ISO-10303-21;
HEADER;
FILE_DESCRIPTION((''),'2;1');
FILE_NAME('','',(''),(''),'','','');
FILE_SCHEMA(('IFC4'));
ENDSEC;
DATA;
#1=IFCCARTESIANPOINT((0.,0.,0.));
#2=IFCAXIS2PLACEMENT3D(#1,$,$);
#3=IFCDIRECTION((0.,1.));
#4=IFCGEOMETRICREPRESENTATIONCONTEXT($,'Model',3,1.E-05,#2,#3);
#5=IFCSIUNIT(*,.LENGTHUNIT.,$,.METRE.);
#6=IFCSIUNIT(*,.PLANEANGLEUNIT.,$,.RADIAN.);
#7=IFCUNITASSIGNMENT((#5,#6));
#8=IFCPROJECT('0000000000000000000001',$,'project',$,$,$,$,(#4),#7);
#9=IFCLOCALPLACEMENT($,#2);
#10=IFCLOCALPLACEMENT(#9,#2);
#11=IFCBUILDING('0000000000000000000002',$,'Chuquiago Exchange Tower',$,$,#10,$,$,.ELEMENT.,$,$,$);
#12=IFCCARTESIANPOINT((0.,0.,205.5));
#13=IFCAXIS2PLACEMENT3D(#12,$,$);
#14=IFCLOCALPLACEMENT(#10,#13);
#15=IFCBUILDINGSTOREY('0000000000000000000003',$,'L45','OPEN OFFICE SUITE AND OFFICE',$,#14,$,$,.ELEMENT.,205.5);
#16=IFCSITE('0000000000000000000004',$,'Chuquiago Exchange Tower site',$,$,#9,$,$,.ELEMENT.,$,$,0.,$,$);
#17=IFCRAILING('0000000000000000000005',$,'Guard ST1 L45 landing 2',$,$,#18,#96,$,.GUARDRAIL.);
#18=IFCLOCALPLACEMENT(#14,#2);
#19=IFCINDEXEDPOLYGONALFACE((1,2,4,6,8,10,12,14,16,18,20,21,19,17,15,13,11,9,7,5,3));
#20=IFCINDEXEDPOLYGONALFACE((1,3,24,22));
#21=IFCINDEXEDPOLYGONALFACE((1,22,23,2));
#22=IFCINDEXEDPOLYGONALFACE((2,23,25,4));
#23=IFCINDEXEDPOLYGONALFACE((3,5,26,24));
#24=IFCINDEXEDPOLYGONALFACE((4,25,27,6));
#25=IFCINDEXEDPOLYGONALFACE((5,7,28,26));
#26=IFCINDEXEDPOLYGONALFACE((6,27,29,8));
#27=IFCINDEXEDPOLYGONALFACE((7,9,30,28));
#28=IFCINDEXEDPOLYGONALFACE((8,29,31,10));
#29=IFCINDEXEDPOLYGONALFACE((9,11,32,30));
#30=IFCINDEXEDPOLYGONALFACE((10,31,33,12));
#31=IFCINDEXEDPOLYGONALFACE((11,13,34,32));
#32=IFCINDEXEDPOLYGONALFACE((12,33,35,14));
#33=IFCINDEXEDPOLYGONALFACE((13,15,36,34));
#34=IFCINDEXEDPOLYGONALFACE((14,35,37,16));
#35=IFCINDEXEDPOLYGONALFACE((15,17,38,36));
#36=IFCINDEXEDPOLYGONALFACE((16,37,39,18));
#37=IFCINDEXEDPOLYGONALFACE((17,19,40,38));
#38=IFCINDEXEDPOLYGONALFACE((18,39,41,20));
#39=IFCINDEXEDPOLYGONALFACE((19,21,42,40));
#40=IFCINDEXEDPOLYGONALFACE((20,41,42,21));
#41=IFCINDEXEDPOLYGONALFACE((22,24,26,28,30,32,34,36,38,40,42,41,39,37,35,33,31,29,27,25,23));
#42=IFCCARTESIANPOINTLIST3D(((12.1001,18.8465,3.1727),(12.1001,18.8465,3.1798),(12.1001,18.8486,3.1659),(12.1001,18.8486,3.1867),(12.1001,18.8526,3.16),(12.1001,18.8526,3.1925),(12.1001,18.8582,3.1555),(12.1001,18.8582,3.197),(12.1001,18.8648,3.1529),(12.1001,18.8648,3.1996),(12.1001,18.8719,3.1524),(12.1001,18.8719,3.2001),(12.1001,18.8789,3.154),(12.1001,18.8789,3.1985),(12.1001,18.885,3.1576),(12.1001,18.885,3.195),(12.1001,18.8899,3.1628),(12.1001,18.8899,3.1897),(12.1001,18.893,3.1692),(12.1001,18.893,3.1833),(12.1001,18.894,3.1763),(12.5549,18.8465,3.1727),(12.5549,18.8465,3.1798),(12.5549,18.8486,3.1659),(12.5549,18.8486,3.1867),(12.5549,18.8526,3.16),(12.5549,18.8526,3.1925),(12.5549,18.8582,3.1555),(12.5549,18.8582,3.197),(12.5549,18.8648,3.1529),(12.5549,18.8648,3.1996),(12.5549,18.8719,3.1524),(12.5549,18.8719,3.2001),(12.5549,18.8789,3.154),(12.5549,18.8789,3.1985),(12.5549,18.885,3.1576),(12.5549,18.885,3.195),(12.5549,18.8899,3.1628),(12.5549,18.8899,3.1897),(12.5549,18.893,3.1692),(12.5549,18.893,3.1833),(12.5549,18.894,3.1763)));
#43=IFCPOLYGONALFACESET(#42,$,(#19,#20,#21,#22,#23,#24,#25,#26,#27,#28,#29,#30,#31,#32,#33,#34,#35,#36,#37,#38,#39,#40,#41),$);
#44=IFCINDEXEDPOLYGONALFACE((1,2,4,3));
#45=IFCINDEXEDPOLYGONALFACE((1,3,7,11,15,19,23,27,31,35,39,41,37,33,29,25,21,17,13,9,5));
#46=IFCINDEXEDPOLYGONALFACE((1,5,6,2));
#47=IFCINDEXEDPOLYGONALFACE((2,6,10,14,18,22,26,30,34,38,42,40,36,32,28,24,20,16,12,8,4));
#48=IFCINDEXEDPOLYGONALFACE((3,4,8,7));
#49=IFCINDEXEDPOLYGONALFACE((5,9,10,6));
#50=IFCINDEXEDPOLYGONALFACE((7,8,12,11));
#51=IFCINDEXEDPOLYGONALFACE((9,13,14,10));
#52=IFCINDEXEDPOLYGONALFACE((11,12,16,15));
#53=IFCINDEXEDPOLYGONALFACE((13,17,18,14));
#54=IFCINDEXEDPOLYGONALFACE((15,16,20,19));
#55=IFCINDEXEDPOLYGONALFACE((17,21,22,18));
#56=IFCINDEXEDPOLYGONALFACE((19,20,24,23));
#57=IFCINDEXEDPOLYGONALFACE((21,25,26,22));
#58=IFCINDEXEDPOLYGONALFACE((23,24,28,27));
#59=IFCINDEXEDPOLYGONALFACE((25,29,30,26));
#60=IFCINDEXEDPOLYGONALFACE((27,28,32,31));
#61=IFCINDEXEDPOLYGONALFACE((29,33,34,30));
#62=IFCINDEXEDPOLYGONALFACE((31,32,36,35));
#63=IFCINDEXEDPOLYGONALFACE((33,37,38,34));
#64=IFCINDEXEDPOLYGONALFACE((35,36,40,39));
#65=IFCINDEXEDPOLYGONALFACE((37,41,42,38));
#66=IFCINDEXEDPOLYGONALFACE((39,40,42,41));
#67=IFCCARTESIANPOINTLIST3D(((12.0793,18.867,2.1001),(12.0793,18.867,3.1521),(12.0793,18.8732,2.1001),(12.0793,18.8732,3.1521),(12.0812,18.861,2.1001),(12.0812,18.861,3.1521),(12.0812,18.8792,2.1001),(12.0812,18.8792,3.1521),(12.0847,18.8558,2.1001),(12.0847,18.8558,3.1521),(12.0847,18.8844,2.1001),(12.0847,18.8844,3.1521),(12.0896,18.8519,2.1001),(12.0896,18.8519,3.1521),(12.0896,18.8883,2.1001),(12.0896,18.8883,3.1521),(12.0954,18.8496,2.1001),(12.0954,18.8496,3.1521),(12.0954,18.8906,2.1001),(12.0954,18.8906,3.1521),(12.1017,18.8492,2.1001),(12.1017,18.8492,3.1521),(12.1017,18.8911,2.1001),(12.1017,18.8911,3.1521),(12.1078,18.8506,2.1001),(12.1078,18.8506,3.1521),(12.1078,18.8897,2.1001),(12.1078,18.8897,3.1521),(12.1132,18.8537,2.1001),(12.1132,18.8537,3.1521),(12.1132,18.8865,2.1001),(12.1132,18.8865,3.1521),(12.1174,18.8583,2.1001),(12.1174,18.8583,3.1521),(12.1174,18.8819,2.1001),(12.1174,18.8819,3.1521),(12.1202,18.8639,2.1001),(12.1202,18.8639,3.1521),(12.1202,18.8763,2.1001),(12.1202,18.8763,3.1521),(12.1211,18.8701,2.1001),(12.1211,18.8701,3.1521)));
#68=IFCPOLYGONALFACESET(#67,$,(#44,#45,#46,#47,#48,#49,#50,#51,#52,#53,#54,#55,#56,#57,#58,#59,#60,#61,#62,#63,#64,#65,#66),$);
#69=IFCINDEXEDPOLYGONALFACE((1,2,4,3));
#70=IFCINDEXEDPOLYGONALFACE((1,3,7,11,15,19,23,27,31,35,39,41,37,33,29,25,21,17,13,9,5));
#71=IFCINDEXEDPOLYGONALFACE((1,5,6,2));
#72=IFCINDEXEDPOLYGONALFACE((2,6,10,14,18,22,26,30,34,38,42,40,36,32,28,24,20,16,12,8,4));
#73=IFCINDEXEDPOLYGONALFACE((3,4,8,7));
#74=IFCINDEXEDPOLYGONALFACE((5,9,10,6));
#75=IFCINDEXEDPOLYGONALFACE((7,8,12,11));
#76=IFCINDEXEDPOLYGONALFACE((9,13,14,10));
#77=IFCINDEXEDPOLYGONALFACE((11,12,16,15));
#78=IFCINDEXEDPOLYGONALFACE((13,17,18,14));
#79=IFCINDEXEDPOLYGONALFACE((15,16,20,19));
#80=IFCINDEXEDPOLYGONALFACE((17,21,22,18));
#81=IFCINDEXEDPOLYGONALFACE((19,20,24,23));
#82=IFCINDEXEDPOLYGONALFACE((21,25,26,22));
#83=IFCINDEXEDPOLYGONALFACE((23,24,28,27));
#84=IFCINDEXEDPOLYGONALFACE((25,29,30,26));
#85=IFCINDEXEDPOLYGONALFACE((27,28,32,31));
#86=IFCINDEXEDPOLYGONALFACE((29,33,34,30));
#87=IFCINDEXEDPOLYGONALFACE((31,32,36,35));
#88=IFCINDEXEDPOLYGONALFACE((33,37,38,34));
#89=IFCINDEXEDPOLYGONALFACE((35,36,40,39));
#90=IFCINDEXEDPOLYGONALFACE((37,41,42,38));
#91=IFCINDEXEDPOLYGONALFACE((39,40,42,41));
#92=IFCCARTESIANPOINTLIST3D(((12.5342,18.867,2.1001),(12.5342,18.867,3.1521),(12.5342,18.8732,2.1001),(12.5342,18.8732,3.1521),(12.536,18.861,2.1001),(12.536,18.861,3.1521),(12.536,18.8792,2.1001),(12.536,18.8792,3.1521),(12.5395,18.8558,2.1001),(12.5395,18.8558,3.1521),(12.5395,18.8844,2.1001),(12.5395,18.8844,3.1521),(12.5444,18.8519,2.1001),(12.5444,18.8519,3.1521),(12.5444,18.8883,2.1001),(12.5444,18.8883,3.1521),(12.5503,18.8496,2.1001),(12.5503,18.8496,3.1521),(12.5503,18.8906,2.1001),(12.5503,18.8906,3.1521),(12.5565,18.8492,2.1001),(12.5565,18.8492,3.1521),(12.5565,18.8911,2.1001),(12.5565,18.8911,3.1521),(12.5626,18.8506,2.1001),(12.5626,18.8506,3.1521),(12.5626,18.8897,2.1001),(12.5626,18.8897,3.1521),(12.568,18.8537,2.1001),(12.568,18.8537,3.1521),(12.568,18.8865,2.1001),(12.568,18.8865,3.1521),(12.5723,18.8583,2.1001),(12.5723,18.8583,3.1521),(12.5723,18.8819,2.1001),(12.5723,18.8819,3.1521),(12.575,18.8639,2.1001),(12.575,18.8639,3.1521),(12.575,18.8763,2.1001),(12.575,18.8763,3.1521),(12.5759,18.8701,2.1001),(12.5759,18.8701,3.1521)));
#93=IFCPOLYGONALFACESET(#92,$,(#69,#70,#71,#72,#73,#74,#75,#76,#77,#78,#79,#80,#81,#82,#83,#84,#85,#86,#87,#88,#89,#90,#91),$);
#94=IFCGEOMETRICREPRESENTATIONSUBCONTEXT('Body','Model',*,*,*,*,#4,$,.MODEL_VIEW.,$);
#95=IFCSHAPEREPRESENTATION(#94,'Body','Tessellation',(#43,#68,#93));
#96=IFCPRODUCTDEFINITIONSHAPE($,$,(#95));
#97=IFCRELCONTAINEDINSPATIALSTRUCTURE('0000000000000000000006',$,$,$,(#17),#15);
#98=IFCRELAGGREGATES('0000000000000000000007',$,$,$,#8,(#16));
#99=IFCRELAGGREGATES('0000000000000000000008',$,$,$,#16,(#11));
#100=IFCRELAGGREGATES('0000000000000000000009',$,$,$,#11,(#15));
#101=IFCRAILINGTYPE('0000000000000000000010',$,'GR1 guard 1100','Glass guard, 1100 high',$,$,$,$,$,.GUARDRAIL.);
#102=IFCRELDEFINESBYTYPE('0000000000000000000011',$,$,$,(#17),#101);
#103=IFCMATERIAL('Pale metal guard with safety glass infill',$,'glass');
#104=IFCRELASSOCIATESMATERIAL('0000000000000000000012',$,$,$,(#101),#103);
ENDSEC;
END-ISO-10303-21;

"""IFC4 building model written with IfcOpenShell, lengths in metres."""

from ifc_helpers import new_model, si_unit, direction, frame, origin, origin_2d, place, context, subcontext, project, spatial, circle, extrude, material, type_object, element, save


model = new_model("IFC4")

# Units and contexts
model_context = context("Model", 3, precision=1e-05, world=origin(), true_north=direction((0.0, 1.0)))
body_context = subcontext(model_context, "Body", "Model", "MODEL_VIEW")
ifc_project = project(units=[si_unit("LENGTHUNIT", "METRE"), si_unit("PLANEANGLEUNIT", "RADIAN")], contexts=[model_context])

# Site, building, storey
site_placement = place(None, origin())
site = spatial("IfcSite", under=ifc_project, at=site_placement, Name="Chuquiago Exchange Tower site", CompositionType="ELEMENT", RefElevation=0.0)
building_placement = place(site_placement, origin())
building = spatial("IfcBuilding", under=site, at=building_placement, Name="Chuquiago Exchange Tower", CompositionType="ELEMENT")
storey_placement = place(building_placement, frame((0.0, 0.0, 205.5)))
storey = spatial("IfcBuildingStorey", under=building, at=storey_placement, Name="L45", Description="OPEN OFFICE SUITE AND OFFICE", CompositionType="ELEMENT", Elevation=205.5)

# Railing
ifc_material_1 = material(Name="Pale metal guard with safety glass infill", Category="glass")
railing_type = type_object("IfcRailingType", Name="GR1 guard 1100", Description="Glass guard, 1100 high", PredefinedType="GUARDRAIL", material=ifc_material_1)
railing_placement = place(storey_placement, frame((12.1001, 18.8701, 2.1001)))
element("IfcRailing", 1, at=railing_placement, inside=storey, type_object=railing_type, Name="Guard ST1 L45 landing 2", PredefinedType="GUARDRAIL", context=body_context, shape_type="SweptSolid", body=[
    extrude(circle(Radius=0.0239, at=origin_2d()), frame((0.0, 0.0, 1.0762), z_axis=(1.0, 0.0, 0.0), x_axis=(0.0, 1.0, 0.0)), (0.0, 0.0, 1.0), 0.4548),
    extrude(circle(Radius=0.021, at=origin_2d()), origin(), (0.0, 0.0, 1.0), 1.052),
    extrude(circle(Radius=0.021, at=origin_2d()), frame((0.4548, 0.0, 0.0)), (0.0, 0.0, 1.0), 1.052),
])

save(model, "model.ifc")
